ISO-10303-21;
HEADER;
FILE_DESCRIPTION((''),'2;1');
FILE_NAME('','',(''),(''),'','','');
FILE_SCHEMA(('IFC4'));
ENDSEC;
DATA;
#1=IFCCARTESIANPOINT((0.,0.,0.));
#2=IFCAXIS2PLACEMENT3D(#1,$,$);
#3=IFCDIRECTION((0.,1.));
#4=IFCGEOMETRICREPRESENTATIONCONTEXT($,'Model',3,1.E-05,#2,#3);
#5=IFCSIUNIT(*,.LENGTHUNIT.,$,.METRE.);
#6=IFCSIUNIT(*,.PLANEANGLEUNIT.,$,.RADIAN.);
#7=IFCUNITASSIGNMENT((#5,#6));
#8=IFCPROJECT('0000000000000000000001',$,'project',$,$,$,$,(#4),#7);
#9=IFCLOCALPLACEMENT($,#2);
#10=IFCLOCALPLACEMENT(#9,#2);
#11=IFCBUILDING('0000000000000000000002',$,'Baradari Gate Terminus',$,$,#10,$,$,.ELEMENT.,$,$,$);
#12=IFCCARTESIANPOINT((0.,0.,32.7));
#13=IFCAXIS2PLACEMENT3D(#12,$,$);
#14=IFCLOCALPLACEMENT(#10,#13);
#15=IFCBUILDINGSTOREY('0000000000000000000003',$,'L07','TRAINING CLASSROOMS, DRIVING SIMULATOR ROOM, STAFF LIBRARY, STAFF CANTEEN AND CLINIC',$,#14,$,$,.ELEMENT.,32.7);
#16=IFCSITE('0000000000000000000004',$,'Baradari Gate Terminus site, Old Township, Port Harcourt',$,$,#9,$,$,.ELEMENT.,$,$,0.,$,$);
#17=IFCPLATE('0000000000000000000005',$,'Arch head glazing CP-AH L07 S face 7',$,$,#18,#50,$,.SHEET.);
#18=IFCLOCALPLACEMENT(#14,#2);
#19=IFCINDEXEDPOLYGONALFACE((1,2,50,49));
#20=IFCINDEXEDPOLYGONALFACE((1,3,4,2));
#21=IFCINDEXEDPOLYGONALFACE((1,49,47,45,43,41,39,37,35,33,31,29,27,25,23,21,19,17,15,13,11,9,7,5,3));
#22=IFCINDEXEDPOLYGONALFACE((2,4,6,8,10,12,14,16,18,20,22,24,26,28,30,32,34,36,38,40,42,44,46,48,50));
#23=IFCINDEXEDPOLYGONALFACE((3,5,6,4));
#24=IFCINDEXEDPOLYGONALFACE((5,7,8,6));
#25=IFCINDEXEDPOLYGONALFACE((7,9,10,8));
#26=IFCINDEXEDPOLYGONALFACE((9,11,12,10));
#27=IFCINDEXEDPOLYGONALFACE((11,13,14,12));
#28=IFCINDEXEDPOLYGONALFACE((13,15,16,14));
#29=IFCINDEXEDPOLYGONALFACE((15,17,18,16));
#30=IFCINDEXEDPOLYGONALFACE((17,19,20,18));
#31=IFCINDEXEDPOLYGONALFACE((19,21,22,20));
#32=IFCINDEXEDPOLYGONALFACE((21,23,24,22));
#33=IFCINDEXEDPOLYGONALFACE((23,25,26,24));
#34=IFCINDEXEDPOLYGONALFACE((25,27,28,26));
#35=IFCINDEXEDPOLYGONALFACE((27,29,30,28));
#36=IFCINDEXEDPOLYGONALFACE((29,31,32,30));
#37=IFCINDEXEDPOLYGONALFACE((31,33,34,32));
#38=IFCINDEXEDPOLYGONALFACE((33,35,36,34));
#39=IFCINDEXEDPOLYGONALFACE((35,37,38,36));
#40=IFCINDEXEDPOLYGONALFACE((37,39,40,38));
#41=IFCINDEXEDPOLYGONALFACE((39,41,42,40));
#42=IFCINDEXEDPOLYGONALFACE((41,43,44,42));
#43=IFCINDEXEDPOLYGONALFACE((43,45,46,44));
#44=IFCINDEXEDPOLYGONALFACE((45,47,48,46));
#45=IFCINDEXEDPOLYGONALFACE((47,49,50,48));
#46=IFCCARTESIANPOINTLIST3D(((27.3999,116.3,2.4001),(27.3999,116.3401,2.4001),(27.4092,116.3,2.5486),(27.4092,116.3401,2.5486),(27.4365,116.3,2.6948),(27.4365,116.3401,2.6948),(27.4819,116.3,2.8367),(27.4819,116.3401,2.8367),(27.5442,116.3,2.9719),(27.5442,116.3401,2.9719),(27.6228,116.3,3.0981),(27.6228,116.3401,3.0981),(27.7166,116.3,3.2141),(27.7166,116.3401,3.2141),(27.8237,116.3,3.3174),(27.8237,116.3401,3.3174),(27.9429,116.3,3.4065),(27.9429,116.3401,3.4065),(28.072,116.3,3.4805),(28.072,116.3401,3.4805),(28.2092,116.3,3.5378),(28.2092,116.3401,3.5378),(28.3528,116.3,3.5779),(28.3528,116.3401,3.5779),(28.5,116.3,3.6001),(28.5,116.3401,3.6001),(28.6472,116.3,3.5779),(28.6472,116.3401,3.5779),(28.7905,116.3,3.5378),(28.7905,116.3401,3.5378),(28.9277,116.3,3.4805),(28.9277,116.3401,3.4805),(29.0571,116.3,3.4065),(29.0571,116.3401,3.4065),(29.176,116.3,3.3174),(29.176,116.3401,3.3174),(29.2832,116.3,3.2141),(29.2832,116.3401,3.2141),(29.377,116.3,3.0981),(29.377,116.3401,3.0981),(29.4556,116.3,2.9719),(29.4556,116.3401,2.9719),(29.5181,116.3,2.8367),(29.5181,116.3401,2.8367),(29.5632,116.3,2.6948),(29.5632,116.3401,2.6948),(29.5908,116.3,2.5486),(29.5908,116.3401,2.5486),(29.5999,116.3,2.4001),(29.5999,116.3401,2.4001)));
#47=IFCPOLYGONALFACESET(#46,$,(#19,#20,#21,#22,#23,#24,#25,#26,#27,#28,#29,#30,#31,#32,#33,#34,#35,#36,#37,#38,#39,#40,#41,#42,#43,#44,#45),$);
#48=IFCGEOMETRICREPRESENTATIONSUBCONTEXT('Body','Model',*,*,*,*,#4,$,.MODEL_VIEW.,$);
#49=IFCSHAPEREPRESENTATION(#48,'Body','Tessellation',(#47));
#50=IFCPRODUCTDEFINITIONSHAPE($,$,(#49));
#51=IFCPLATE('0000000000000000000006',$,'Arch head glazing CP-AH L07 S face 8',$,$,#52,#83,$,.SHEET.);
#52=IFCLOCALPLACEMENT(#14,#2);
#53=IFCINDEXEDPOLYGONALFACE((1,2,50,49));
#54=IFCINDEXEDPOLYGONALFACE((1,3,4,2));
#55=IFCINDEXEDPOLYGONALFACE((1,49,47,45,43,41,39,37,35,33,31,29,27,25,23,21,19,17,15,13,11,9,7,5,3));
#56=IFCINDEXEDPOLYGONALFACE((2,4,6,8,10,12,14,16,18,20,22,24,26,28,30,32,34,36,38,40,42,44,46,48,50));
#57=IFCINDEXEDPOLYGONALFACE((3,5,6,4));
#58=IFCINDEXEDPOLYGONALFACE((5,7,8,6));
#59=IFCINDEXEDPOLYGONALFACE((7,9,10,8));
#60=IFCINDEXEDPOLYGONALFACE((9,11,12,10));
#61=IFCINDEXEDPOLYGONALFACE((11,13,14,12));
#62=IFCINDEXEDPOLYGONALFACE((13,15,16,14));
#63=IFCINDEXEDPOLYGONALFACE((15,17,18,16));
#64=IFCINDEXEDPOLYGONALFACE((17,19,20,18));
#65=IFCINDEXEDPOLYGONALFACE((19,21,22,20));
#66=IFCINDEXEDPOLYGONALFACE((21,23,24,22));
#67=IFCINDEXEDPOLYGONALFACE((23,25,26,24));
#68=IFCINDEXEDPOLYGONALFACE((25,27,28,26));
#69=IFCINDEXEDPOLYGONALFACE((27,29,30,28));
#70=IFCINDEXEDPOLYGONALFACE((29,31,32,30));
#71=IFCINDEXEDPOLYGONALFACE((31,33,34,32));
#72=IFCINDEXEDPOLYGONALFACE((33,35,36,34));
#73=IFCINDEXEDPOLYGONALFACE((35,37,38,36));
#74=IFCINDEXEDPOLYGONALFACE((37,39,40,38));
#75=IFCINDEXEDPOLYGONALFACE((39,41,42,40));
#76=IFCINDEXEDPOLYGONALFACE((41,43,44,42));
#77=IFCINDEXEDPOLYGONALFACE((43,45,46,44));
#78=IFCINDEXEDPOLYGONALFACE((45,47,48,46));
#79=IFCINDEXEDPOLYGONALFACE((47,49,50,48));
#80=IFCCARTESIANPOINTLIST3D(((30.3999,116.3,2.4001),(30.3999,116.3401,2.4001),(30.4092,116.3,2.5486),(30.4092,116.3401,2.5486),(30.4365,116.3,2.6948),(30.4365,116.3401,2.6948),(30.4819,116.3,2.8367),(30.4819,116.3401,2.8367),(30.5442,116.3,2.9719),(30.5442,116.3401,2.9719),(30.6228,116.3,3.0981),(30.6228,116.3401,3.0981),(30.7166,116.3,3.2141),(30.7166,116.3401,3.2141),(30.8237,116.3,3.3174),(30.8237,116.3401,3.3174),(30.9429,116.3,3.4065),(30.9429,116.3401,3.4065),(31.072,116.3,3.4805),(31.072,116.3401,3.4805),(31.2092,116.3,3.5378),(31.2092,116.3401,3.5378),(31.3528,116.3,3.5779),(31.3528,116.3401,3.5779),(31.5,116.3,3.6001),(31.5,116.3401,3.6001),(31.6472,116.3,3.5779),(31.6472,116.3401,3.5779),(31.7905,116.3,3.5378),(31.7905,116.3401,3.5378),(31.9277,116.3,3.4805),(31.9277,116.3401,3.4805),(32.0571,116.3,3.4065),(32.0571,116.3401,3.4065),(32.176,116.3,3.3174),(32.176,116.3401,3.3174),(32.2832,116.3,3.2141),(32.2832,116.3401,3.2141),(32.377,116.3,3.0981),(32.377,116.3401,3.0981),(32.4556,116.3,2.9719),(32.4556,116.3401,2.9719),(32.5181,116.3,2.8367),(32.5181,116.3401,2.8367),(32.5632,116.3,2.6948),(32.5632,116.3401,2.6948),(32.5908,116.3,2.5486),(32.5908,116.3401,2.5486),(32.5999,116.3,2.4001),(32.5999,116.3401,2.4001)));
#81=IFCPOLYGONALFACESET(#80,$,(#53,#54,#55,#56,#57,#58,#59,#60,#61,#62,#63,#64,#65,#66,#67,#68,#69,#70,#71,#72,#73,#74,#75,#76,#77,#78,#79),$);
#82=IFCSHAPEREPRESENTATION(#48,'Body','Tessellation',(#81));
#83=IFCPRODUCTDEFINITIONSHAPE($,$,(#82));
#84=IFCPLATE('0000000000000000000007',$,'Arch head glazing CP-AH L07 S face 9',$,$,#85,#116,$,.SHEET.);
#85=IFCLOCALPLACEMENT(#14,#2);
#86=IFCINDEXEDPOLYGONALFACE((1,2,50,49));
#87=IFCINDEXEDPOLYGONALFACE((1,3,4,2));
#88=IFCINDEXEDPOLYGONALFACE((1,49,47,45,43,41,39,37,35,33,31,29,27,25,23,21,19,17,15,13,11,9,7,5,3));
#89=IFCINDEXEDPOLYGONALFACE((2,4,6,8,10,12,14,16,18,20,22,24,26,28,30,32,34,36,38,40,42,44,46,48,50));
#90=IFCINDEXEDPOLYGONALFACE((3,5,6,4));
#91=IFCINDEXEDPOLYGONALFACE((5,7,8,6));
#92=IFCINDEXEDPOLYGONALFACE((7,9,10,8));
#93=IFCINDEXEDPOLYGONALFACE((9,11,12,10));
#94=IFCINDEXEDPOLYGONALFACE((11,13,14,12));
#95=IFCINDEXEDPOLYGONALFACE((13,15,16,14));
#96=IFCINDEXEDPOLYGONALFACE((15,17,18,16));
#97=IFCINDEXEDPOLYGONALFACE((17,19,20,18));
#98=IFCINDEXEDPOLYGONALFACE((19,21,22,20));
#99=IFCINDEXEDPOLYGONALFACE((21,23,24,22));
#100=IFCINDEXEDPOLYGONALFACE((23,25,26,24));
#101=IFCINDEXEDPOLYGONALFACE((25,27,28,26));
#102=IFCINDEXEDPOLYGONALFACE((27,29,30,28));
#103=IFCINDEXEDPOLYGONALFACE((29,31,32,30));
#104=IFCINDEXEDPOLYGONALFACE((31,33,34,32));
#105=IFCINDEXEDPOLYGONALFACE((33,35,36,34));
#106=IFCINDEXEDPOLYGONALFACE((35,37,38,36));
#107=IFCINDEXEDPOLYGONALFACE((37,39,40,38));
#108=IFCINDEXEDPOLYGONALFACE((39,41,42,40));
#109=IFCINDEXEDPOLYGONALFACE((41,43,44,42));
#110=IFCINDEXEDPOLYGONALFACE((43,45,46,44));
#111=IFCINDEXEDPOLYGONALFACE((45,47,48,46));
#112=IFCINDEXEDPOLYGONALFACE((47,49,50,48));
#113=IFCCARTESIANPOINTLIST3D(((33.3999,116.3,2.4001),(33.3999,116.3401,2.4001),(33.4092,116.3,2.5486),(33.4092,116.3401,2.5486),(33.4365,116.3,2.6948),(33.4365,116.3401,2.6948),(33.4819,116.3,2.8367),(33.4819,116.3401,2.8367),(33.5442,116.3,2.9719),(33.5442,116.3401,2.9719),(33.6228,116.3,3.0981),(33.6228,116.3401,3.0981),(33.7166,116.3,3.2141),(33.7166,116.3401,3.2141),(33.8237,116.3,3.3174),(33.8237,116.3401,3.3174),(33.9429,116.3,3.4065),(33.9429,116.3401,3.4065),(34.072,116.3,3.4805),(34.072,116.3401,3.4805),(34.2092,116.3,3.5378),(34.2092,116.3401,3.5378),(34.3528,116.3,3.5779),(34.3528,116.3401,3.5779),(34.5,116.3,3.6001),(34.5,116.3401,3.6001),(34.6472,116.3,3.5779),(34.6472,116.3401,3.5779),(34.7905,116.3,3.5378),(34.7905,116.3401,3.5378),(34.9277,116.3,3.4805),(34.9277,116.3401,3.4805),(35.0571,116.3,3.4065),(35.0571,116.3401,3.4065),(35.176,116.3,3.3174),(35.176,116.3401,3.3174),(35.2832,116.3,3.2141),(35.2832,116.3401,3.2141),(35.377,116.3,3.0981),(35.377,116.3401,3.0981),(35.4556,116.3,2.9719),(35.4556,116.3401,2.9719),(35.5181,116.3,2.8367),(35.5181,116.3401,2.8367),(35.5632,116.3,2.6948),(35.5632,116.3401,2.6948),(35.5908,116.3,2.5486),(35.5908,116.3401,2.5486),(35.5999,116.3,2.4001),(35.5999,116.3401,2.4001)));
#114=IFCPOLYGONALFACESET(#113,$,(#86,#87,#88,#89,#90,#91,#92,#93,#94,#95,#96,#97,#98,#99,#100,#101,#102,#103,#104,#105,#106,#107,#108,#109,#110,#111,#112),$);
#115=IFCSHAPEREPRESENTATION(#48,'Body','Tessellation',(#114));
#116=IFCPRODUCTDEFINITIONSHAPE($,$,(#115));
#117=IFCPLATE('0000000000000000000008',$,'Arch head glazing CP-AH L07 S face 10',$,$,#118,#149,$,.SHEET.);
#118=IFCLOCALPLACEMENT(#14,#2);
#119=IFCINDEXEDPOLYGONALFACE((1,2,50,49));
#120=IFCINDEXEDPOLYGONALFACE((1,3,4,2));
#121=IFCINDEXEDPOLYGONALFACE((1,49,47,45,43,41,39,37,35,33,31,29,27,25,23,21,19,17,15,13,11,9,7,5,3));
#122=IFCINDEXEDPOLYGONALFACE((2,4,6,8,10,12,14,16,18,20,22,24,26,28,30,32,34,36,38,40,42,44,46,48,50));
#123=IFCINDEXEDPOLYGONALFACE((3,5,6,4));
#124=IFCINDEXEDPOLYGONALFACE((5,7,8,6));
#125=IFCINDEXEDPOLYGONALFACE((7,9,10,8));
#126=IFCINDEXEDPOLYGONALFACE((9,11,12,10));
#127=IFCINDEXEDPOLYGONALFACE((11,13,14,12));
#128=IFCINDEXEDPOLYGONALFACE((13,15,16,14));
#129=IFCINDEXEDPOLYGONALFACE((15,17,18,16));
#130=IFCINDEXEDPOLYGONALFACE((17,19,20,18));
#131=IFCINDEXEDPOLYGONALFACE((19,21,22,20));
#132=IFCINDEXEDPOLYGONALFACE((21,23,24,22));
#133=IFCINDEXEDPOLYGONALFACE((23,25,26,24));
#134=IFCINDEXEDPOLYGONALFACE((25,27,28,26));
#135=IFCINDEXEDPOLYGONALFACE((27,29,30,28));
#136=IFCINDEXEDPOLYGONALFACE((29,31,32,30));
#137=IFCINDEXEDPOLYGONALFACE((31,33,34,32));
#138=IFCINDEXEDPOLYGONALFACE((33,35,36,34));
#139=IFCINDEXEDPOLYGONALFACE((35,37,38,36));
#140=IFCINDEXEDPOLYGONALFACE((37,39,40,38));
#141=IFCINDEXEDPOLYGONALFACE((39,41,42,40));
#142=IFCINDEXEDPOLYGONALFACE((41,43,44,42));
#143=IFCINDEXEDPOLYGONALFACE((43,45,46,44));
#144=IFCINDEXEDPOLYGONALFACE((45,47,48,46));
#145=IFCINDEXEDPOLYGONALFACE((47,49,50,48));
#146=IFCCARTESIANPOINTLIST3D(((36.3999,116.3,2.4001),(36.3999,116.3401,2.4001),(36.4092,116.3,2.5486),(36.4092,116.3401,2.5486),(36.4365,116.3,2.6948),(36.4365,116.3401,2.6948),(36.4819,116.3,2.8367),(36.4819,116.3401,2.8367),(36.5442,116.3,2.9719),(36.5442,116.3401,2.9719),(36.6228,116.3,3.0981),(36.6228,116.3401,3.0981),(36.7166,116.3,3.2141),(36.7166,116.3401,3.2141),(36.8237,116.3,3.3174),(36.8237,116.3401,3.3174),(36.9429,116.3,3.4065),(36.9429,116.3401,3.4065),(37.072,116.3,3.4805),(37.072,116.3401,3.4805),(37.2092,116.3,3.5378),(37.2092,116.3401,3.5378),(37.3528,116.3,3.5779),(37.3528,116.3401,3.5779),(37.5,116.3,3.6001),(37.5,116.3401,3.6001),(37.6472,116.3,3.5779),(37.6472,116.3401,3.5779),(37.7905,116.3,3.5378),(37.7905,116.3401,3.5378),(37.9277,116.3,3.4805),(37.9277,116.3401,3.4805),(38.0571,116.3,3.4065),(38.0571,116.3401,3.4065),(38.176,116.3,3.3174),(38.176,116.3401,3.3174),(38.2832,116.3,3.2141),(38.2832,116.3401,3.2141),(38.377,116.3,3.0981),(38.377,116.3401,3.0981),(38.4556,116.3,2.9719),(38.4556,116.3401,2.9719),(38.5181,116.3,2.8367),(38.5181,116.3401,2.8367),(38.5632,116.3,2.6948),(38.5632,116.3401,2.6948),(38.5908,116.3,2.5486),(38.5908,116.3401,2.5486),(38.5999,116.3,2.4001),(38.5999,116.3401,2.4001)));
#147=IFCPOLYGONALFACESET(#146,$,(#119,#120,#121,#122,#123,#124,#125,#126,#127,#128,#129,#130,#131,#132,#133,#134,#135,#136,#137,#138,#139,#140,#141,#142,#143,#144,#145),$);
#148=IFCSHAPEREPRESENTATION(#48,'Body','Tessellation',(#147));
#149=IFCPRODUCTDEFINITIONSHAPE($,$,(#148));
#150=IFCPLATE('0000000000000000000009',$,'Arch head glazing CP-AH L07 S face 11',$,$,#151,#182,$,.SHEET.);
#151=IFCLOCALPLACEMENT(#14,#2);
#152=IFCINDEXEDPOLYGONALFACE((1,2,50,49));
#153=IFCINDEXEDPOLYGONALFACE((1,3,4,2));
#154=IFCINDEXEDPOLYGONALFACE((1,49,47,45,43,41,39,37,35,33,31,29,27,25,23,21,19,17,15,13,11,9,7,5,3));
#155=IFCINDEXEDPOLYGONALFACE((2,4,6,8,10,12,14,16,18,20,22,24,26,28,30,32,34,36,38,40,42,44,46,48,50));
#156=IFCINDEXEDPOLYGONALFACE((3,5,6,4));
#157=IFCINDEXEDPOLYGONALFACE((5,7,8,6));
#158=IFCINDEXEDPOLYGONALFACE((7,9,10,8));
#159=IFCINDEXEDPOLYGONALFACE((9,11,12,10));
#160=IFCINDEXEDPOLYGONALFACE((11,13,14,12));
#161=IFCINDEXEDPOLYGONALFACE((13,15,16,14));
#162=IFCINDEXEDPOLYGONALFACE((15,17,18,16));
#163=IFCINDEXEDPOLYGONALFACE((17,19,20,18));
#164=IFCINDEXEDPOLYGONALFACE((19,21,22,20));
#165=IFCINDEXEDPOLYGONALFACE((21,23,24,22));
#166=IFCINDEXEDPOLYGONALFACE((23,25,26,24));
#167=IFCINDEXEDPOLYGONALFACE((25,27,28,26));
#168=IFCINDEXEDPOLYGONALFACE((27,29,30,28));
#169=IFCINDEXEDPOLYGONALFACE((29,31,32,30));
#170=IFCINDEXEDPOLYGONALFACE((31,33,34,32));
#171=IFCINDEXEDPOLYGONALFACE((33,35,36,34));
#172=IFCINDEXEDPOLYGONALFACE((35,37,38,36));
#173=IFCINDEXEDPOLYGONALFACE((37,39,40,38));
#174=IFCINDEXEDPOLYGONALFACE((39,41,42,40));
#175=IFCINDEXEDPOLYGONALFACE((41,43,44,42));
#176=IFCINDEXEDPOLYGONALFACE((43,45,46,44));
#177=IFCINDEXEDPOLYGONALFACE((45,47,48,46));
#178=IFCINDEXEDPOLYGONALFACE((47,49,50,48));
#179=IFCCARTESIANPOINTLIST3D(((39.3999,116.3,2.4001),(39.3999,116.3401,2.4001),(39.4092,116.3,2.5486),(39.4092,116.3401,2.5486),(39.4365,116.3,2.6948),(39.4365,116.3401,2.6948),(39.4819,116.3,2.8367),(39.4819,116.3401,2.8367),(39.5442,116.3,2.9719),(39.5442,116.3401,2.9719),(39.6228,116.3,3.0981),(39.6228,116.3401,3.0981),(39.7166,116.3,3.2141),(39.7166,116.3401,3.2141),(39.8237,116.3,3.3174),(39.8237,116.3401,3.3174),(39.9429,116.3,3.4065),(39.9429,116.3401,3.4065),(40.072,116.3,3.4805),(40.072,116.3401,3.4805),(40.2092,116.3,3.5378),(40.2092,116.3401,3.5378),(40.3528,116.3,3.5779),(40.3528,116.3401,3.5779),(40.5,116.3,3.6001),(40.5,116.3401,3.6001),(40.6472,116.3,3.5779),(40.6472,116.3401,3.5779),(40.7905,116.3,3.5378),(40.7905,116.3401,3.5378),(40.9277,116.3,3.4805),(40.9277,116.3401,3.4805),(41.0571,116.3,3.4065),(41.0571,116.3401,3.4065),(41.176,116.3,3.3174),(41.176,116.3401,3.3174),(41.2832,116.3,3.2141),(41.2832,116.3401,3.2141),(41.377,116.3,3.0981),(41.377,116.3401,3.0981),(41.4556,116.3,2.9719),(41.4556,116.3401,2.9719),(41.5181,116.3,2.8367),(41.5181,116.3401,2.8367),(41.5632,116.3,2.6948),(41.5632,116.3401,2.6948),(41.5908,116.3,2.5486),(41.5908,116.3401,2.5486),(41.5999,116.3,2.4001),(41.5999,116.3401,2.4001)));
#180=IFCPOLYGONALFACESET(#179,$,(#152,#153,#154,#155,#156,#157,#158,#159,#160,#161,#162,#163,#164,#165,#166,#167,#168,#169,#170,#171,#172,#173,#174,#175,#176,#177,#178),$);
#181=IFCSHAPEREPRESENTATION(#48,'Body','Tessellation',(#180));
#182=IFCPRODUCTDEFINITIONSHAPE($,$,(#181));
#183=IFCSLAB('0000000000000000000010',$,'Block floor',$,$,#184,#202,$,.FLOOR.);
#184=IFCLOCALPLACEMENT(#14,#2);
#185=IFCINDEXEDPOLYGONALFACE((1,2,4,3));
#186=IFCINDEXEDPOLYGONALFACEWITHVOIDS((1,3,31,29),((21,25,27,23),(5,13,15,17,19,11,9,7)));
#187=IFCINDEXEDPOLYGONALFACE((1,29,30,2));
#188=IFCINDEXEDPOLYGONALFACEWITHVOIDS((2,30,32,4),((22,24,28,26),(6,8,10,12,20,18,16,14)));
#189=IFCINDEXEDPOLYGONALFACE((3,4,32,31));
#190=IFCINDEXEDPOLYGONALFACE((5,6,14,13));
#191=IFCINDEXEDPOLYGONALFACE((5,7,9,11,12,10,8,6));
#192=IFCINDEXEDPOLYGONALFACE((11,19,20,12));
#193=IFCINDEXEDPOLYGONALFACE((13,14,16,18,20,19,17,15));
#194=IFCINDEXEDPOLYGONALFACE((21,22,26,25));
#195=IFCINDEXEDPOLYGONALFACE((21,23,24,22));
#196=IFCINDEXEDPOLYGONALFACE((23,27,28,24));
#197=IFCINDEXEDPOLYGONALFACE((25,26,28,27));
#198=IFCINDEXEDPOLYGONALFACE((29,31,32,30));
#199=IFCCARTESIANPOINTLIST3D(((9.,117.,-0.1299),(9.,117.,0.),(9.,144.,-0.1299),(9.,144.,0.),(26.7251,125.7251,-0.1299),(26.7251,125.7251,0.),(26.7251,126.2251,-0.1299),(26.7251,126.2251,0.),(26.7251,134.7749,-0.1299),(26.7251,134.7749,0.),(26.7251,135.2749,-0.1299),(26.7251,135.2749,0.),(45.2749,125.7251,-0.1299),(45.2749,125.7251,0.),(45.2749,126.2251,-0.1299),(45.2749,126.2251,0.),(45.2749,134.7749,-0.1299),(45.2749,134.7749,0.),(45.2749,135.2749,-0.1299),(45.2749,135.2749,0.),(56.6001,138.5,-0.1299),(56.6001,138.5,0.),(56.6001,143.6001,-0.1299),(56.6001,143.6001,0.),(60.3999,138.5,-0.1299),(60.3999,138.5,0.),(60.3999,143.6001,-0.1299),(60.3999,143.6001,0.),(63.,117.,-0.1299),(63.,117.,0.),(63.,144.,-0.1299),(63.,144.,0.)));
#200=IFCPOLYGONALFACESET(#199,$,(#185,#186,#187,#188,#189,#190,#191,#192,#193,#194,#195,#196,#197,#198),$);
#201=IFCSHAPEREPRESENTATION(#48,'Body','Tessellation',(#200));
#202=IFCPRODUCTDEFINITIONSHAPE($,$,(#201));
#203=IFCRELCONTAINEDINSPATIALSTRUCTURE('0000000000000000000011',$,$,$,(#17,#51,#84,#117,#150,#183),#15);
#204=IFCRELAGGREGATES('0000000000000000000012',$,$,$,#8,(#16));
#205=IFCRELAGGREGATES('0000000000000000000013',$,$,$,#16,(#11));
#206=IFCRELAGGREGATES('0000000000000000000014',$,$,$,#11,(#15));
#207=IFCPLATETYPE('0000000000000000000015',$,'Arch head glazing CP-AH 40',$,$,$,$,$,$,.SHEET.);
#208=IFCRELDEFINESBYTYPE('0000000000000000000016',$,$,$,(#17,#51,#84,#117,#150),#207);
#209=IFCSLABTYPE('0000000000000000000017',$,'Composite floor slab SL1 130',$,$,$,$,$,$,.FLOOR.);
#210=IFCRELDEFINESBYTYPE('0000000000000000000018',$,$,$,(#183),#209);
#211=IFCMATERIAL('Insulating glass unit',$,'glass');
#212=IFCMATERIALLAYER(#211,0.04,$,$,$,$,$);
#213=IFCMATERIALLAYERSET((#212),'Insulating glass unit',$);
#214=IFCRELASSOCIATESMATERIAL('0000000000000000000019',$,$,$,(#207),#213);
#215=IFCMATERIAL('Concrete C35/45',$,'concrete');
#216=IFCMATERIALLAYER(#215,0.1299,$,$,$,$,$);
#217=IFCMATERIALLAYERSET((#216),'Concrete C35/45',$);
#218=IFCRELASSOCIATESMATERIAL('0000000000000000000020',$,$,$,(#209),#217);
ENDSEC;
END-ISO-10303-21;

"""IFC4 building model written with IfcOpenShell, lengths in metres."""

from ifc_helpers import new_model, si_unit, direction, frame, origin, place, context, subcontext, project, spatial, polyline, outline, extrude, material, layer, layer_set, type_object, element, save


model = new_model("IFC4")

# Units and contexts
model_context = context("Model", 3, precision=1e-05, world=origin(), true_north=direction((0.0, 1.0)))
body_context = subcontext(model_context, "Body", "Model", "MODEL_VIEW")
ifc_project = project(units=[si_unit("LENGTHUNIT", "METRE"), si_unit("PLANEANGLEUNIT", "RADIAN")], contexts=[model_context])

# Site, building, storey
site_placement = place(None, origin())
site = spatial("IfcSite", under=ifc_project, at=site_placement, Name="Baradari Gate Terminus site, Old Township, Port Harcourt", CompositionType="ELEMENT", RefElevation=0.0)
building_placement = place(site_placement, origin())
building = spatial("IfcBuilding", under=site, at=building_placement, Name="Baradari Gate Terminus", CompositionType="ELEMENT")
storey_placement = place(building_placement, frame((0.0, 0.0, 32.7)))
storey = spatial("IfcBuildingStorey", under=building, at=storey_placement, Name="L07", Description="TRAINING CLASSROOMS, DRIVING SIMULATOR ROOM, STAFF LIBRARY, STAFF CANTEEN AND CLINIC", CompositionType="ELEMENT", Elevation=32.7)

# Plates
ifc_material_1 = material(Name="Insulating glass unit", Category="glass")
ifc_layer_1 = layer(ifc_material_1, 0.04)
ifc_layer_set_1 = layer_set([ifc_layer_1], Name="Insulating glass unit")
plate_type = type_object("IfcPlateType", Name="Arch head glazing CP-AH 40", PredefinedType="SHEET", material=ifc_layer_set_1)
for number, where, z_axis, x_axis, name in (
    (1, (27.3999, 116.3201, 2.4001), (0.0, 0.0, 1.0), (1.0, 0.0, 0.0), "Arch head glazing CP-AH L07 S face 7"),
    (2, (30.3999, 116.3201, 2.4001), (0.0, 0.0, 1.0), (1.0, 0.0, 0.0), "Arch head glazing CP-AH L07 S face 8"),
    (3, (33.3999, 116.3201, 2.4001), (0.0, 0.0, 1.0), (1.0, 0.0, 0.0), "Arch head glazing CP-AH L07 S face 9"),
    (4, (36.3999, 116.3201, 2.4001), (0.0, 0.0, 1.0), (1.0, 0.0, 0.0), "Arch head glazing CP-AH L07 S face 10"),
    (5, (39.3999, 116.3201, 2.4001), (0.0, 0.0, 1.0), (1.0, 0.0, 0.0), "Arch head glazing CP-AH L07 S face 11"),
):
    element("IfcPlate", number, at=place(storey_placement, frame(where, z_axis=z_axis, x_axis=x_axis)), inside=storey, type_object=plate_type, Name=name, PredefinedType="SHEET", context=body_context, shape_type="SweptSolid", body=[
        extrude(outline(polyline([(0.0, 0.0), (2.2, 0.0), (2.1909, 0.1484), (2.1633, 0.2947), (2.1182, 0.4365), (2.0557, 0.5718), (1.9771, 0.698), (1.8833, 0.814), (1.7761, 0.9172), (1.6572, 1.0063), (1.5278, 1.0803), (1.3906, 1.1377), (1.2473, 1.1777), (1.1001, 1.2), (0.9529, 1.1777), (0.8093, 1.1377), (0.6721, 1.0803), (0.543, 1.0063), (0.4238, 0.9172), (0.3167, 0.814), (0.2229, 0.698), (0.1443, 0.5718), (0.082, 0.4365), (0.0366, 0.2947), (0.0093, 0.1484), (0.0, 0.0)])), frame((0.0, 0.02, 0.0), z_axis=(0.0, -1.0, 0.0), x_axis=(1.0, 0.0, 0.0)), (0.0, 0.0, 1.0), 0.04),
    ])

# Slab
ifc_material_2 = material(Name="Concrete C35/45", Category="concrete")
ifc_layer_2 = layer(ifc_material_2, 0.1299)
ifc_layer_set_2 = layer_set([ifc_layer_2], Name="Concrete C35/45")
slab_type = type_object("IfcSlabType", Name="Composite floor slab SL1 130", PredefinedType="FLOOR", material=ifc_layer_set_2)
slab_1_placement = place(storey_placement, frame((0.0, 0.0, -0.1299)))
element("IfcSlab", 6, at=slab_1_placement, inside=storey, type_object=slab_type, Name="Block floor", PredefinedType="FLOOR", context=body_context, shape_type="SweptSolid", body=[
    extrude(outline(polyline([(63.0, 117.0), (63.0, 144.0), (9.0, 144.0), (9.0, 117.0), (63.0, 117.0)]), holes=[polyline([(56.6001, 138.5), (60.3999, 138.5), (60.3999, 143.6001), (56.6001, 143.6001), (56.6001, 138.5)]), polyline([(26.7251, 125.7251), (45.2749, 125.7251), (45.2749, 126.2251), (45.2749, 134.7749), (45.2749, 135.2749), (26.7251, 135.2749), (26.7251, 134.7749), (26.7251, 126.2251), (26.7251, 125.7251)])]), origin(), (0.0, 0.0, 1.0), 0.1299),
])

save(model, "model.ifc")
